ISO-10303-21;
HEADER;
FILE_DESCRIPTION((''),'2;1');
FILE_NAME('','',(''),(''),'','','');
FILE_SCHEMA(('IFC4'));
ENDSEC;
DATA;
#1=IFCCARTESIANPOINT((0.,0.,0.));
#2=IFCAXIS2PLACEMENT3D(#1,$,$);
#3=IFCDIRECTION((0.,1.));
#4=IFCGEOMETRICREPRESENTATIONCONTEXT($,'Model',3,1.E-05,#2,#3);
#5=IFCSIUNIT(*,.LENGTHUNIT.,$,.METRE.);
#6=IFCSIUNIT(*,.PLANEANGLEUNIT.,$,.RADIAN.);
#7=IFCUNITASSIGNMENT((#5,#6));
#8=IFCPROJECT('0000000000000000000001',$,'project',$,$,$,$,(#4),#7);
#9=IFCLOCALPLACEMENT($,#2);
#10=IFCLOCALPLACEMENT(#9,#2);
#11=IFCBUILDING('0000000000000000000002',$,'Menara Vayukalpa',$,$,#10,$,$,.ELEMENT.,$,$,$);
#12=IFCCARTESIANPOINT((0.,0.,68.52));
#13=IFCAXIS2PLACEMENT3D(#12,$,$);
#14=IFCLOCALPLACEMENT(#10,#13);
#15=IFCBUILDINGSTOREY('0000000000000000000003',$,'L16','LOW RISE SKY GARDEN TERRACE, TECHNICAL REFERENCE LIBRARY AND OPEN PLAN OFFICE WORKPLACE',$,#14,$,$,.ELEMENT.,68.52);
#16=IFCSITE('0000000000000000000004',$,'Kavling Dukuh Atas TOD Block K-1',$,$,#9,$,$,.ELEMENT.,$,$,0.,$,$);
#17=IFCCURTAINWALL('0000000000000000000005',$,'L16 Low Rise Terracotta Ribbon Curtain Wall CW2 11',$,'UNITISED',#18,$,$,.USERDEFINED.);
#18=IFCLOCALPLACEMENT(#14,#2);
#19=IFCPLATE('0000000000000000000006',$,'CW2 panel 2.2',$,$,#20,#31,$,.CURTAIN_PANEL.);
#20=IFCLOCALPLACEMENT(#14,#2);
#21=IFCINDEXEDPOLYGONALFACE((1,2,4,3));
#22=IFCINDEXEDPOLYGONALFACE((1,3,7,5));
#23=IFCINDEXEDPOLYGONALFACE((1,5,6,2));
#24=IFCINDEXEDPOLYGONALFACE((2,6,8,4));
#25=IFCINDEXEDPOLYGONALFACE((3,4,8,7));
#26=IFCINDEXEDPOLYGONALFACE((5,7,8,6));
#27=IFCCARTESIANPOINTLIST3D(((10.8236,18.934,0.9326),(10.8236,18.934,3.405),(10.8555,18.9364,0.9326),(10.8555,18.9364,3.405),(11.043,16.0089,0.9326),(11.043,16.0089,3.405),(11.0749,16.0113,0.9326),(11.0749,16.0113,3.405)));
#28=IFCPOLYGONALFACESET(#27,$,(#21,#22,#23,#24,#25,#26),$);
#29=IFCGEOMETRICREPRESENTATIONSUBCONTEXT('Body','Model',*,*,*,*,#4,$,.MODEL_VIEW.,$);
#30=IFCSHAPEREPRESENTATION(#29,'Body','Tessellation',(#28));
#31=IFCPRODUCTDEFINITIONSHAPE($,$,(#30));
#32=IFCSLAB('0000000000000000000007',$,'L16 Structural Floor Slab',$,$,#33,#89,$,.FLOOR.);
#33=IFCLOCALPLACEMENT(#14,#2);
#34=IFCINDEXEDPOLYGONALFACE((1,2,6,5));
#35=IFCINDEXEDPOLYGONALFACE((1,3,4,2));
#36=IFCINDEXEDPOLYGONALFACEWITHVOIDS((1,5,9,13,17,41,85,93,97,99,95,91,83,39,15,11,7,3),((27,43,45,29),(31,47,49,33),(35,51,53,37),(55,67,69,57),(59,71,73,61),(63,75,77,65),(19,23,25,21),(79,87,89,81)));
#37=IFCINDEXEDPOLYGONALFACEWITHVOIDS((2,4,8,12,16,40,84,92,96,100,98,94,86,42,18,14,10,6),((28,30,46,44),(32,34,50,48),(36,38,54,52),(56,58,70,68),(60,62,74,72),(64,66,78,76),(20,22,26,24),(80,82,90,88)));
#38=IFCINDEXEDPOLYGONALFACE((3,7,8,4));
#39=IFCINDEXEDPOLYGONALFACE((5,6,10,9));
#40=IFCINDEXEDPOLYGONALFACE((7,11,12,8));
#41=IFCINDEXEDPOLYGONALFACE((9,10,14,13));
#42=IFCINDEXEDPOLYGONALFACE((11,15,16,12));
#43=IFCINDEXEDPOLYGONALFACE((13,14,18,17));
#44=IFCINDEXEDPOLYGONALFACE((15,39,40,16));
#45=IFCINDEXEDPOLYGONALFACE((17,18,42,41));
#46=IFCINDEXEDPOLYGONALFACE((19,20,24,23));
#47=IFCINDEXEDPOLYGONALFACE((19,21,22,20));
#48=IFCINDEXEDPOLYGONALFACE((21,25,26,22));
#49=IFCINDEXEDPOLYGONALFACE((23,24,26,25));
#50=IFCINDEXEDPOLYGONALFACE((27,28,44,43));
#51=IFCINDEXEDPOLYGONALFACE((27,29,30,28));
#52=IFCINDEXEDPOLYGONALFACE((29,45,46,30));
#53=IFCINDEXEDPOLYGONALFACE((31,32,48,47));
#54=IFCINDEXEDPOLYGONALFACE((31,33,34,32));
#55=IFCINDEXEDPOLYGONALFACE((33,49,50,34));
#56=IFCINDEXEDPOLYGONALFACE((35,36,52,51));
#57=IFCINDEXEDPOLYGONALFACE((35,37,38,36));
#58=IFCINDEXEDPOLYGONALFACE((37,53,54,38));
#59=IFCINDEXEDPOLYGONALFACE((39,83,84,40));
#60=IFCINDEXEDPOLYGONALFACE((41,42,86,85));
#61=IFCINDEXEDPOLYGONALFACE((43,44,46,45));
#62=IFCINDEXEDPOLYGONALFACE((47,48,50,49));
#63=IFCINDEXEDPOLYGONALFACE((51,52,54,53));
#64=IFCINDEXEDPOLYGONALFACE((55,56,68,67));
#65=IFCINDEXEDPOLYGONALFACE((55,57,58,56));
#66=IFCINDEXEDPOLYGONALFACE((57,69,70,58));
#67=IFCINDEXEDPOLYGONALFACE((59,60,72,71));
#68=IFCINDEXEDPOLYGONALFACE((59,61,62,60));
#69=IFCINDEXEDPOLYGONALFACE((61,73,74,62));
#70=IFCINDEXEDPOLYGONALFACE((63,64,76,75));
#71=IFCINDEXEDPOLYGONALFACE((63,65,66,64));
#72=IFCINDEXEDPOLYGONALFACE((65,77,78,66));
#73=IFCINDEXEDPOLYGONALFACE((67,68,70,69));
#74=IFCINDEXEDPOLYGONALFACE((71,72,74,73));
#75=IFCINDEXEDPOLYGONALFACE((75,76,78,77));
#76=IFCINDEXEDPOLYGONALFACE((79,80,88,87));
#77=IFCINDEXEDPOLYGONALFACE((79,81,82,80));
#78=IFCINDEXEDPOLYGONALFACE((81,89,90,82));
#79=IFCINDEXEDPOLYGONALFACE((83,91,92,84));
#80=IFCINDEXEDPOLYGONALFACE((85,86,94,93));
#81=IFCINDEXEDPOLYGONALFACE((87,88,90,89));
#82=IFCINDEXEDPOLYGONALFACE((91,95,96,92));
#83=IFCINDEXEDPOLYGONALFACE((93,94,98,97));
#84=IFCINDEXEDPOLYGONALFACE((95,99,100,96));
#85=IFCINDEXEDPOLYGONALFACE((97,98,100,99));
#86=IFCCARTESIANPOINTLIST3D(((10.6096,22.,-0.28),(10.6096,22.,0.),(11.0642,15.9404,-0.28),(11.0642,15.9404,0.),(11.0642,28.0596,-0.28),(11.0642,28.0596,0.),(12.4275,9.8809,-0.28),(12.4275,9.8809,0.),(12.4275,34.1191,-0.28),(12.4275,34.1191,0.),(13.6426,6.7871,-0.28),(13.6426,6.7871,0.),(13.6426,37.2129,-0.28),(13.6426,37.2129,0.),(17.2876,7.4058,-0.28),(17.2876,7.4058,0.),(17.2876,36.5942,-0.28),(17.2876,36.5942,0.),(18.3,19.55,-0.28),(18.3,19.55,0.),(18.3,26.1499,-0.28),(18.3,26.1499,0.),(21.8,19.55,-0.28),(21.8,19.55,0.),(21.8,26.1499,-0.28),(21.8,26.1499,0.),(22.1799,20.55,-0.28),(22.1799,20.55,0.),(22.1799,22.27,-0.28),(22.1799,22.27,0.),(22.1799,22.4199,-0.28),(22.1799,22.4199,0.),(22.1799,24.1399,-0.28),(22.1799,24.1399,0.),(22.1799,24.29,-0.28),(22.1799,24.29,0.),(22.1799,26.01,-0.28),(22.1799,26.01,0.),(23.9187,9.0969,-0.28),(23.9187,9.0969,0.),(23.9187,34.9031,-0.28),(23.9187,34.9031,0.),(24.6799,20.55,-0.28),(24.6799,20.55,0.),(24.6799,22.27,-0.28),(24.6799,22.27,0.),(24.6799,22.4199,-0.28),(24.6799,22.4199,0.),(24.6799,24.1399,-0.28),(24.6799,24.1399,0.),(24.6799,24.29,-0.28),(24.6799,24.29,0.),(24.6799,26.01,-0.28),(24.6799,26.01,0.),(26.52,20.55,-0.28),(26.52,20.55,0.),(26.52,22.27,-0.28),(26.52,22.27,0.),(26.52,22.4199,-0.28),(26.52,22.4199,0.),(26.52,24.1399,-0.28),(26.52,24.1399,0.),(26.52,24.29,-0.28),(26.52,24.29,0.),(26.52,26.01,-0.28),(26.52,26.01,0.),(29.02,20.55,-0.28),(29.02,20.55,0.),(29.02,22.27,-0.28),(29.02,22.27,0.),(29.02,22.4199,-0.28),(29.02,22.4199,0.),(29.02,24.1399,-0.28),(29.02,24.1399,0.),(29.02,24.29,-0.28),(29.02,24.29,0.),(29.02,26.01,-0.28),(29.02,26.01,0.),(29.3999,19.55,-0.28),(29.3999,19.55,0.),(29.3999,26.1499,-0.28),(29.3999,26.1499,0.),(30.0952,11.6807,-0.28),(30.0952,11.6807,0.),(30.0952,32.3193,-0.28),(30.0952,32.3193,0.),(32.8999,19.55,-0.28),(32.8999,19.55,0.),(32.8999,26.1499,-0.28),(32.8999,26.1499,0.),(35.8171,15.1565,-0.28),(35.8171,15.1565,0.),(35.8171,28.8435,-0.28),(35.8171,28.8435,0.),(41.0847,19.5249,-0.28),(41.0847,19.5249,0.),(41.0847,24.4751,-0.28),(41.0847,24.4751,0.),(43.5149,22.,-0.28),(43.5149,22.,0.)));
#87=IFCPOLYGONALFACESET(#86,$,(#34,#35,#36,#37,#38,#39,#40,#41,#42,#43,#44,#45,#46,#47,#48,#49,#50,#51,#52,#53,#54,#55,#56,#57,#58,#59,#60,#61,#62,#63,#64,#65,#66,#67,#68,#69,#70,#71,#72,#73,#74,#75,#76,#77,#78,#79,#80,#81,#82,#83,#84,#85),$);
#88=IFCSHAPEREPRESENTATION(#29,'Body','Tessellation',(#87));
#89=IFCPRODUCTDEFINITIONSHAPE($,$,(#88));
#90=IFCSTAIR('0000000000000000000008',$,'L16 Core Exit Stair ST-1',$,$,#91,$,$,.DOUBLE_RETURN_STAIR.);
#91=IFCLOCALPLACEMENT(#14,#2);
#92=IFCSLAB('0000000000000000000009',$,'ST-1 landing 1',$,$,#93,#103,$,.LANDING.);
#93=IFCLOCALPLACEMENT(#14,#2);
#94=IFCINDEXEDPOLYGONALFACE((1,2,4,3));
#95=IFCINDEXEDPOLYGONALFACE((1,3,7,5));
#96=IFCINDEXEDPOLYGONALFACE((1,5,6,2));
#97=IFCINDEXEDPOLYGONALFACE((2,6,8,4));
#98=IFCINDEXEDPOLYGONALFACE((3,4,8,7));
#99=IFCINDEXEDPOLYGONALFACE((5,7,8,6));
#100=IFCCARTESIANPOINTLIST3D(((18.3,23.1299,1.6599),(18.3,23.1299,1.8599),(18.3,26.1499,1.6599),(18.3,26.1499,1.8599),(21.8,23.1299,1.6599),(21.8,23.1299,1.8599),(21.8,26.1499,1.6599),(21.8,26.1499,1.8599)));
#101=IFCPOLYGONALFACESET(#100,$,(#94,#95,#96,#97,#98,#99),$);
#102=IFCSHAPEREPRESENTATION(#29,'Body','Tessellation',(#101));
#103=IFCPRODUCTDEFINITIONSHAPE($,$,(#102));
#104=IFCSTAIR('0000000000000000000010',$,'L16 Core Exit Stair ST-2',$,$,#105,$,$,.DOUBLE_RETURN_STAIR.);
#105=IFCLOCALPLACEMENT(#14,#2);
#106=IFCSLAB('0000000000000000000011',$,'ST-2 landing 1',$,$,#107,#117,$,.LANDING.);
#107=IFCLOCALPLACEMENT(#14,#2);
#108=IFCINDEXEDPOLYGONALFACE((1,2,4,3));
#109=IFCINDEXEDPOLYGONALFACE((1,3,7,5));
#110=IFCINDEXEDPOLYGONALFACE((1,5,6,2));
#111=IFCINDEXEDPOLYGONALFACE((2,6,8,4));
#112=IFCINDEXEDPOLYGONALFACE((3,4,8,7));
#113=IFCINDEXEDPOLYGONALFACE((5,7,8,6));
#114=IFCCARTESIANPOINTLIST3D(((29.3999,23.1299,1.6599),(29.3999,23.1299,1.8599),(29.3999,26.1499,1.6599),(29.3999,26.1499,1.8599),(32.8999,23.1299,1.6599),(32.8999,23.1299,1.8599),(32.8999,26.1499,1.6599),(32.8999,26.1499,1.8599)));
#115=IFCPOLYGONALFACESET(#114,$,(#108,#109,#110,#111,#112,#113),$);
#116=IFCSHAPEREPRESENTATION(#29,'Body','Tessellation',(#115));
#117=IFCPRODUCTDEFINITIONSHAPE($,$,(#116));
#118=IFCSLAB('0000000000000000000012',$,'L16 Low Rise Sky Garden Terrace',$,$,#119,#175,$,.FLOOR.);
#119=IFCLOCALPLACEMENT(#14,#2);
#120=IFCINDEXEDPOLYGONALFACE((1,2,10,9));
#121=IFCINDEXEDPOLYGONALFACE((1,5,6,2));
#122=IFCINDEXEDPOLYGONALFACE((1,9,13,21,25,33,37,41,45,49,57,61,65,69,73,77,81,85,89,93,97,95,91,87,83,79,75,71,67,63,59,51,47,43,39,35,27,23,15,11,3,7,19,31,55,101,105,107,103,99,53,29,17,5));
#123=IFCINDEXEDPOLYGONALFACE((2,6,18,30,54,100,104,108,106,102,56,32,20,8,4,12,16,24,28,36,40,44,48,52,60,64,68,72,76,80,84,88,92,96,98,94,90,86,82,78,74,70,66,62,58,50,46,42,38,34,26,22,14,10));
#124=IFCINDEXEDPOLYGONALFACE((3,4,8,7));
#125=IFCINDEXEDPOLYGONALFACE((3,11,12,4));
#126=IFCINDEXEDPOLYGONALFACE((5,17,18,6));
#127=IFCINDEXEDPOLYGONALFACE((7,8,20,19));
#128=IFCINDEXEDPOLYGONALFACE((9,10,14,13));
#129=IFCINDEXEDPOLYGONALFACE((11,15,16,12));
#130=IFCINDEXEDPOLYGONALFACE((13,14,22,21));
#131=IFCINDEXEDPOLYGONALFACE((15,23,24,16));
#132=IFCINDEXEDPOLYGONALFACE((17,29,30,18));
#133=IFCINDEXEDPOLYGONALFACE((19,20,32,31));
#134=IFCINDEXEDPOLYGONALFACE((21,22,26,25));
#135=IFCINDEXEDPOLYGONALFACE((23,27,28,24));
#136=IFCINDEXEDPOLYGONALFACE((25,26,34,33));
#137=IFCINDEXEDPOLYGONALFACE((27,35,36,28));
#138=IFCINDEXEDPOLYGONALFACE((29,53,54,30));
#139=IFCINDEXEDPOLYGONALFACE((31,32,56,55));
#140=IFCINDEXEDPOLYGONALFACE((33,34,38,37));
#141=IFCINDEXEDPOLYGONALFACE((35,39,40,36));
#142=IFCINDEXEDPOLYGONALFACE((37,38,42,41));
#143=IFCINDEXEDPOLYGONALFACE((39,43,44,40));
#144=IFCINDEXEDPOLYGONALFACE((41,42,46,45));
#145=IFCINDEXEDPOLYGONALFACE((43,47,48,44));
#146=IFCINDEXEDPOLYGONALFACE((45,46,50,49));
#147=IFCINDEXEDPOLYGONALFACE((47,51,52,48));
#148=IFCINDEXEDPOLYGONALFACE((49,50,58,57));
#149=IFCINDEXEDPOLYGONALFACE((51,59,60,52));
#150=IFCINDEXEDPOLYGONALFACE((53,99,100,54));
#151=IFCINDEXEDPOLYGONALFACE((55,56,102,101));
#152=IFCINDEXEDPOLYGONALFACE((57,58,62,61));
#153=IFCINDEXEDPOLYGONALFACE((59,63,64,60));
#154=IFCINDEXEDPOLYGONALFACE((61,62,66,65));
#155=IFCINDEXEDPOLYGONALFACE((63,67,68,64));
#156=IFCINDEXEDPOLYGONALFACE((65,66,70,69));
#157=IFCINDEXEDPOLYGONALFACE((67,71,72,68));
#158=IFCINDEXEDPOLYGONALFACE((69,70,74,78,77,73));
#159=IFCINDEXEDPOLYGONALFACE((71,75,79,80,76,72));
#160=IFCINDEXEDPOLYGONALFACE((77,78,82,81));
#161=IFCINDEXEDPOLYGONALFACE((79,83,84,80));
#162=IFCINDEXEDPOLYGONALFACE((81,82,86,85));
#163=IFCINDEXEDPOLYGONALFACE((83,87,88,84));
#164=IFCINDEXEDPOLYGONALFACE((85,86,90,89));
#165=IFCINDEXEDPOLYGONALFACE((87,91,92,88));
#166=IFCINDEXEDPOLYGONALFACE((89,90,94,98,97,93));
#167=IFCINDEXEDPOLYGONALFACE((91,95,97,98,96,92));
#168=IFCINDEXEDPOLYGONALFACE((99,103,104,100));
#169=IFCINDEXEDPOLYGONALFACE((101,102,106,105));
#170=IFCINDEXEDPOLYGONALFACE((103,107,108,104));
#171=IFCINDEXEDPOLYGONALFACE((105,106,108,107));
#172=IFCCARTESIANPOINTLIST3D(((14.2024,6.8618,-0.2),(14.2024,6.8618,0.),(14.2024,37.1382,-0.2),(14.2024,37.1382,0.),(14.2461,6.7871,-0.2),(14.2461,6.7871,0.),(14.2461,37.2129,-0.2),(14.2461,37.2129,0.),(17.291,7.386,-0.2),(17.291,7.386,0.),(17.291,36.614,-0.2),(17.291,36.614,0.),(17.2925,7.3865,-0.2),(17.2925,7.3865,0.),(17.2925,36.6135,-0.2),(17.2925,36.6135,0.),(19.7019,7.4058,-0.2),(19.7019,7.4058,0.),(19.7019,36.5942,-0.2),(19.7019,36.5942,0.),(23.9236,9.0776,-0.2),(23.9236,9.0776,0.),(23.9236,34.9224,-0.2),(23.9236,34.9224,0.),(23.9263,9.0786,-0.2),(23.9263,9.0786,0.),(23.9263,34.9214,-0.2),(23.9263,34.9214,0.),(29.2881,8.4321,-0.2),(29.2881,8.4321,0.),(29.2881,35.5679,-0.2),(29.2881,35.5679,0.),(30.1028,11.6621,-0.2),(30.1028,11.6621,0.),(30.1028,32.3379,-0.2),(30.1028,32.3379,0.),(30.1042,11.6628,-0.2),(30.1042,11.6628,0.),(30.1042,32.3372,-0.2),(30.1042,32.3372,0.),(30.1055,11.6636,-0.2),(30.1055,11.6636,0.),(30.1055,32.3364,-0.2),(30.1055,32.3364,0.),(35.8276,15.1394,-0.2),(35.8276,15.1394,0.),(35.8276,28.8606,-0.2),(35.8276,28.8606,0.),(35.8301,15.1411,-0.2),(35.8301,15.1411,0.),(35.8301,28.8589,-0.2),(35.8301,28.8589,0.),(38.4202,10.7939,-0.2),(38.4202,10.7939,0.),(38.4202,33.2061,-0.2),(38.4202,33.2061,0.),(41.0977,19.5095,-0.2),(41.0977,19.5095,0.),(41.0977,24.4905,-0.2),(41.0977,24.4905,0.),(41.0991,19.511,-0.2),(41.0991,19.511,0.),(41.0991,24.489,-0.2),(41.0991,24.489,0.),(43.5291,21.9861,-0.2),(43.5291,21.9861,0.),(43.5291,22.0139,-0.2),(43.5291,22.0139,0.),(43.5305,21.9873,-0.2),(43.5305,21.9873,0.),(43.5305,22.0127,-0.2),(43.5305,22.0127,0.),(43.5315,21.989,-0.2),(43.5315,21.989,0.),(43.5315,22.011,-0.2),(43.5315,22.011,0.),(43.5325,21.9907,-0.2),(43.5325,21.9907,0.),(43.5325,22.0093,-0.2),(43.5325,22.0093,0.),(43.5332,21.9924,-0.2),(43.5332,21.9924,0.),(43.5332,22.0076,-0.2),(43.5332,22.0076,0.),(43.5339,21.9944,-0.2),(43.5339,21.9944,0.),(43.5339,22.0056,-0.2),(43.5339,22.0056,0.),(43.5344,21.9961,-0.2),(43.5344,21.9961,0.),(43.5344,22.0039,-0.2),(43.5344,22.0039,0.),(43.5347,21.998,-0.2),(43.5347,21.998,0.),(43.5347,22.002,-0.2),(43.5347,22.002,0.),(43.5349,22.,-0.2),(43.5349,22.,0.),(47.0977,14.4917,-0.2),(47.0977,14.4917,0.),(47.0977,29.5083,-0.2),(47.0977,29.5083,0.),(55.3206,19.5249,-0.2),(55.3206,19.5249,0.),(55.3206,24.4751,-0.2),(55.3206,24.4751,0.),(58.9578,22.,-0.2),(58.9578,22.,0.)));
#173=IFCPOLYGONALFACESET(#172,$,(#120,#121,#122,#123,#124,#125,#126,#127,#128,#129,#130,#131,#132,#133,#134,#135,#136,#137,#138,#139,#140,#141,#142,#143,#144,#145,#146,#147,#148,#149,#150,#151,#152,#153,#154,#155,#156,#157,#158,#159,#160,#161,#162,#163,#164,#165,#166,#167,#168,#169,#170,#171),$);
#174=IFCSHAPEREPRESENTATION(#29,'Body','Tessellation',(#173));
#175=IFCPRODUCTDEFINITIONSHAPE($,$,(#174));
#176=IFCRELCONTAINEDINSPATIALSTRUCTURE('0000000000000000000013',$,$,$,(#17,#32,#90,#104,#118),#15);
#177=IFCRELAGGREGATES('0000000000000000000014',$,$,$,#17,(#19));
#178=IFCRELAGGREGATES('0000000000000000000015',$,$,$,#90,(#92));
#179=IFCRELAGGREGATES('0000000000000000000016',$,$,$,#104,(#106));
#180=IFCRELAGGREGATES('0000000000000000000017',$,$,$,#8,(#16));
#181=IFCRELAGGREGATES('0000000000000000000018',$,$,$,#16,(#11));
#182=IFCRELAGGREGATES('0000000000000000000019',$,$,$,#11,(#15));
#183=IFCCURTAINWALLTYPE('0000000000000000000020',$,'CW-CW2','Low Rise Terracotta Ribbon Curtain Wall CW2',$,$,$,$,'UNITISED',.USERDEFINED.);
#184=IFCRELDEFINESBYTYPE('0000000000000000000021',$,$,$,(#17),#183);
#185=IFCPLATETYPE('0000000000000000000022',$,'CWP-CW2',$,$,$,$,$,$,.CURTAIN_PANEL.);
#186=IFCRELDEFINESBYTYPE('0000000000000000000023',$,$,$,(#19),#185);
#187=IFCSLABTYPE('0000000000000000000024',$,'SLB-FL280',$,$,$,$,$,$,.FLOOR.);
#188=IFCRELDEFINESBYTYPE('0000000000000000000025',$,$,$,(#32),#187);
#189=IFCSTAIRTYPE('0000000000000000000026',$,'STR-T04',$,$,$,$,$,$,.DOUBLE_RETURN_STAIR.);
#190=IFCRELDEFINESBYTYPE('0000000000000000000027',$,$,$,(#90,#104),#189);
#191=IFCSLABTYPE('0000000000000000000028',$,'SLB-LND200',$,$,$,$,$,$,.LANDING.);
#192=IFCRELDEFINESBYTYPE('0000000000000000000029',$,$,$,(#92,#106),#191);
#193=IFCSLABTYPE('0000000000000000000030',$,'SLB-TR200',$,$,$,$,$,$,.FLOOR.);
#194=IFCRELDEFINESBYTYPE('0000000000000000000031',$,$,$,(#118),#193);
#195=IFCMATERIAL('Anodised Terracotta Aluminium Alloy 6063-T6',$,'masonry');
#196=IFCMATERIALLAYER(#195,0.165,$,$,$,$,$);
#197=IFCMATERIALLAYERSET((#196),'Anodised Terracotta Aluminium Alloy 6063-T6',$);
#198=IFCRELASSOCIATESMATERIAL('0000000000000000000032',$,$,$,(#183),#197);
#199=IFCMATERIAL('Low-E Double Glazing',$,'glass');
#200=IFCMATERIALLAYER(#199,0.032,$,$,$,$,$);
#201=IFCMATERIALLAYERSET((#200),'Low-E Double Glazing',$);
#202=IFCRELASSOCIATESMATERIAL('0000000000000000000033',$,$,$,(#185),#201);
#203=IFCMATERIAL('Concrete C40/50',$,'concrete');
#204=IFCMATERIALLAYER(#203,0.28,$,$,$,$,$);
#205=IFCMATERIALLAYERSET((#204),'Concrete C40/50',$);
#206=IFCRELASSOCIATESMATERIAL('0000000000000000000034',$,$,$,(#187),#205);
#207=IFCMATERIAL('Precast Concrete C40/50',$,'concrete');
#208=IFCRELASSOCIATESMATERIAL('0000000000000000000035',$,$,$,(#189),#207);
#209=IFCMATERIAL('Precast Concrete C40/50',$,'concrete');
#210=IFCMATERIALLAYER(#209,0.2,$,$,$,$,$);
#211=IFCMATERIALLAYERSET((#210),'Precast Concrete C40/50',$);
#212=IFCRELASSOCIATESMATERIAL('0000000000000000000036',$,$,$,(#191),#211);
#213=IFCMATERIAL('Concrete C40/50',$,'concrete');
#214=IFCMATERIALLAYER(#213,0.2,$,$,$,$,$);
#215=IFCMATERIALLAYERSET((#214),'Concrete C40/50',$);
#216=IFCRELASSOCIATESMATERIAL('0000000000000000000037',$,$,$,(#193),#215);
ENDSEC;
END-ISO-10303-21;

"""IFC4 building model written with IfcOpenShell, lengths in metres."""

from ifc_helpers import new_model, si_unit, direction, frame, origin, origin_2d, place, context, subcontext, project, spatial, polyline, rectangle, outline, extrude, material, layer, layer_set, type_object, element, aggregate, save


model = new_model("IFC4")

# Units and contexts
model_context = context("Model", 3, precision=1e-05, world=origin(), true_north=direction((0.0, 1.0)))
body_context = subcontext(model_context, "Body", "Model", "MODEL_VIEW")
ifc_project = project(units=[si_unit("LENGTHUNIT", "METRE"), si_unit("PLANEANGLEUNIT", "RADIAN")], contexts=[model_context])

# Site, building, storey
site_placement = place(None, origin())
site = spatial("IfcSite", under=ifc_project, at=site_placement, Name="Kavling Dukuh Atas TOD Block K-1", CompositionType="ELEMENT", RefElevation=0.0)
building_placement = place(site_placement, origin())
building = spatial("IfcBuilding", under=site, at=building_placement, Name="Menara Vayukalpa", CompositionType="ELEMENT")
storey_placement = place(building_placement, frame((0.0, 0.0, 68.52)))
storey = spatial("IfcBuildingStorey", under=building, at=storey_placement, Name="L16", Description="LOW RISE SKY GARDEN TERRACE, TECHNICAL REFERENCE LIBRARY AND OPEN PLAN OFFICE WORKPLACE", CompositionType="ELEMENT", Elevation=68.52)

# Curtain wall, plate
ifc_material_1 = material(Name="Anodised Terracotta Aluminium Alloy 6063-T6", Category="masonry")
ifc_layer_1 = layer(ifc_material_1, 0.165)
ifc_layer_set_1 = layer_set([ifc_layer_1], Name="Anodised Terracotta Aluminium Alloy 6063-T6")
curtain_wall_type = type_object("IfcCurtainWallType", Name="CW-CW2", Description="Low Rise Terracotta Ribbon Curtain Wall CW2", ElementType="UNITISED", PredefinedType="USERDEFINED", material=ifc_layer_set_1)
curtain_wall_placement = place(storey_placement, origin())
curtain_wall = element("IfcCurtainWall", 1, at=curtain_wall_placement, inside=storey, type_object=curtain_wall_type, Name="L16 Low Rise Terracotta Ribbon Curtain Wall CW2 11", ObjectType="UNITISED", PredefinedType="USERDEFINED")
ifc_material_2 = material(Name="Low-E Double Glazing", Category="glass")
ifc_layer_2 = layer(ifc_material_2, 0.032)
ifc_layer_set_2 = layer_set([ifc_layer_2], Name="Low-E Double Glazing")
plate_type = type_object("IfcPlateType", Name="CWP-CW2", PredefinedType="CURTAIN_PANEL", material=ifc_layer_set_2)
plate_1_placement = place(storey_placement, frame((10.9492, 17.4727, 0.9326), z_axis=(0.0, 0.0, 1.0), x_axis=(0.074795, -0.997199, 0.0)))
plate_1 = element("IfcPlate", 2, at=plate_1_placement, type_object=plate_type, Name="CW2 panel 2.2", PredefinedType="CURTAIN_PANEL", context=body_context, shape_type="SweptSolid", body=[
    extrude(rectangle(XDim=2.9333, YDim=0.032, at=origin_2d()), origin(), (0.0, 0.0, 1.0), 2.4724),
])
aggregate(curtain_wall, [plate_1])

# Slab
ifc_material_3 = material(Name="Concrete C40/50", Category="concrete")
ifc_layer_3 = layer(ifc_material_3, 0.28)
ifc_layer_set_3 = layer_set([ifc_layer_3], Name="Concrete C40/50")
slab_type_1 = type_object("IfcSlabType", Name="SLB-FL280", PredefinedType="FLOOR", material=ifc_layer_set_3)
slab_1_placement = place(storey_placement, frame((0.0, 0.0, -0.28)))
element("IfcSlab", 3, at=slab_1_placement, inside=storey, type_object=slab_type_1, Name="L16 Structural Floor Slab", PredefinedType="FLOOR", context=body_context, shape_type="SweptSolid", body=[
    extrude(outline(polyline([(41.0847, 19.5249), (43.5149, 22.0), (41.0847, 24.4751), (35.8171, 28.8435), (30.0952, 32.3193), (23.9187, 34.9031), (17.2876, 36.5942), (13.6426, 37.2129), (12.4275, 34.1191), (11.0642, 28.0596), (10.6096, 22.0), (11.0642, 15.9404), (12.4275, 9.8809), (13.6426, 6.7871), (17.2876, 7.4058), (23.9187, 9.0969), (30.0952, 11.6807), (35.8171, 15.1565), (41.0847, 19.5249)]), holes=[polyline([(21.8, 19.55), (21.8, 26.1499), (18.3, 26.1499), (18.3, 19.55), (21.8, 19.55)]), polyline([(32.8999, 19.55), (32.8999, 26.1499), (29.3999, 26.1499), (29.3999, 19.55), (32.8999, 19.55)]), polyline([(22.1799, 20.55), (24.6799, 20.55), (24.6799, 22.27), (22.1799, 22.27), (22.1799, 20.55)]), polyline([(26.52, 20.55), (29.02, 20.55), (29.02, 22.27), (26.52, 22.27), (26.52, 20.55)]), polyline([(22.1799, 22.4199), (24.6799, 22.4199), (24.6799, 24.1399), (22.1799, 24.1399), (22.1799, 22.4199)]), polyline([(22.1799, 24.29), (24.6799, 24.29), (24.6799, 26.01), (22.1799, 26.01), (22.1799, 24.29)]), polyline([(26.52, 24.29), (29.02, 24.29), (29.02, 26.01), (26.52, 26.01), (26.52, 24.29)]), polyline([(26.52, 22.4199), (29.02, 22.4199), (29.02, 24.1399), (26.52, 24.1399), (26.52, 22.4199)])]), origin(), (0.0, 0.0, 1.0), 0.28),
])

# Stairs, slabs
ifc_material_4 = material(Name="Precast Concrete C40/50", Category="concrete")
stair_type = type_object("IfcStairType", Name="STR-T04", PredefinedType="DOUBLE_RETURN_STAIR", material=ifc_material_4)
stair_1_placement = place(storey_placement, origin())
stair_1 = element("IfcStair", 4, at=stair_1_placement, inside=storey, type_object=stair_type, Name="L16 Core Exit Stair ST-1", PredefinedType="DOUBLE_RETURN_STAIR")
ifc_material_5 = material(Name="Precast Concrete C40/50", Category="concrete")
ifc_layer_4 = layer(ifc_material_5, 0.2)
ifc_layer_set_4 = layer_set([ifc_layer_4], Name="Precast Concrete C40/50")
slab_type_2 = type_object("IfcSlabType", Name="SLB-LND200", PredefinedType="LANDING", material=ifc_layer_set_4)
slab_2_placement = place(storey_placement, frame((0.0, 0.0, 1.6599)))
slab_2 = element("IfcSlab", 5, at=slab_2_placement, type_object=slab_type_2, Name="ST-1 landing 1", PredefinedType="LANDING", context=body_context, shape_type="SweptSolid", body=[
    extrude(outline(polyline([(21.8, 23.1299), (21.8, 26.1499), (18.3, 26.1499), (18.3, 23.1299), (21.8, 23.1299)])), origin(), (0.0, 0.0, 1.0), 0.2),
])
aggregate(stair_1, [slab_2])
stair_2_placement = place(storey_placement, origin())
stair_2 = element("IfcStair", 6, at=stair_2_placement, inside=storey, type_object=stair_type, Name="L16 Core Exit Stair ST-2", PredefinedType="DOUBLE_RETURN_STAIR")
slab_3_placement = place(storey_placement, frame((0.0, 0.0, 1.6599)))
slab_3 = element("IfcSlab", 7, at=slab_3_placement, type_object=slab_type_2, Name="ST-2 landing 1", PredefinedType="LANDING", context=body_context, shape_type="SweptSolid", body=[
    extrude(outline(polyline([(32.8999, 23.1299), (32.8999, 26.1499), (29.3999, 26.1499), (29.3999, 23.1299), (32.8999, 23.1299)])), origin(), (0.0, 0.0, 1.0), 0.2),
])
aggregate(stair_2, [slab_3])

# Slab
ifc_material_6 = material(Name="Concrete C40/50", Category="concrete")
ifc_layer_5 = layer(ifc_material_6, 0.2)
ifc_layer_set_5 = layer_set([ifc_layer_5], Name="Concrete C40/50")
slab_type_3 = type_object("IfcSlabType", Name="SLB-TR200", PredefinedType="FLOOR", material=ifc_layer_set_5)
slab_4_placement = place(storey_placement, frame((0.0, 0.0, -0.2)))
element("IfcSlab", 8, at=slab_4_placement, inside=storey, type_object=slab_type_3, Name="L16 Low Rise Sky Garden Terrace", PredefinedType="FLOOR", context=body_context, shape_type="SweptSolid", body=[
    extrude(outline(polyline([(14.2461, 37.2129), (19.7019, 36.5942), (29.2881, 35.5679), (38.4202, 33.2061), (47.0977, 29.5083), (55.3206, 24.4751), (58.9578, 22.0), (55.3206, 19.5249), (47.0977, 14.4917), (38.4202, 10.7939), (29.2881, 8.4321), (19.7019, 7.4058), (14.2461, 6.7871), (14.2024, 6.8618), (17.291, 7.386), (17.2925, 7.3865), (23.9236, 9.0776), (23.9263, 9.0786), (30.1028, 11.6621), (30.1042, 11.6628), (30.1055, 11.6636), (35.8276, 15.1394), (35.8301, 15.1411), (41.0977, 19.5095), (41.0991, 19.511), (43.5291, 21.9861), (43.5305, 21.9873), (43.5315, 21.989), (43.5325, 21.9907), (43.5332, 21.9924), (43.5339, 21.9944), (43.5344, 21.9961), (43.5347, 21.998), (43.5349, 22.0), (43.5347, 22.002), (43.5344, 22.0039), (43.5339, 22.0056), (43.5332, 22.0076), (43.5325, 22.0093), (43.5315, 22.011), (43.5305, 22.0127), (43.5291, 22.0139), (41.0991, 24.489), (41.0977, 24.4905), (35.8301, 28.8589), (35.8276, 28.8606), (30.1055, 32.3364), (30.1042, 32.3372), (30.1028, 32.3379), (23.9263, 34.9214), (23.9236, 34.9224), (17.2925, 36.6135), (17.291, 36.614), (14.2024, 37.1382), (14.2461, 37.2129)])), origin(), (0.0, 0.0, 1.0), 0.2),
])

save(model, "model.ifc")
